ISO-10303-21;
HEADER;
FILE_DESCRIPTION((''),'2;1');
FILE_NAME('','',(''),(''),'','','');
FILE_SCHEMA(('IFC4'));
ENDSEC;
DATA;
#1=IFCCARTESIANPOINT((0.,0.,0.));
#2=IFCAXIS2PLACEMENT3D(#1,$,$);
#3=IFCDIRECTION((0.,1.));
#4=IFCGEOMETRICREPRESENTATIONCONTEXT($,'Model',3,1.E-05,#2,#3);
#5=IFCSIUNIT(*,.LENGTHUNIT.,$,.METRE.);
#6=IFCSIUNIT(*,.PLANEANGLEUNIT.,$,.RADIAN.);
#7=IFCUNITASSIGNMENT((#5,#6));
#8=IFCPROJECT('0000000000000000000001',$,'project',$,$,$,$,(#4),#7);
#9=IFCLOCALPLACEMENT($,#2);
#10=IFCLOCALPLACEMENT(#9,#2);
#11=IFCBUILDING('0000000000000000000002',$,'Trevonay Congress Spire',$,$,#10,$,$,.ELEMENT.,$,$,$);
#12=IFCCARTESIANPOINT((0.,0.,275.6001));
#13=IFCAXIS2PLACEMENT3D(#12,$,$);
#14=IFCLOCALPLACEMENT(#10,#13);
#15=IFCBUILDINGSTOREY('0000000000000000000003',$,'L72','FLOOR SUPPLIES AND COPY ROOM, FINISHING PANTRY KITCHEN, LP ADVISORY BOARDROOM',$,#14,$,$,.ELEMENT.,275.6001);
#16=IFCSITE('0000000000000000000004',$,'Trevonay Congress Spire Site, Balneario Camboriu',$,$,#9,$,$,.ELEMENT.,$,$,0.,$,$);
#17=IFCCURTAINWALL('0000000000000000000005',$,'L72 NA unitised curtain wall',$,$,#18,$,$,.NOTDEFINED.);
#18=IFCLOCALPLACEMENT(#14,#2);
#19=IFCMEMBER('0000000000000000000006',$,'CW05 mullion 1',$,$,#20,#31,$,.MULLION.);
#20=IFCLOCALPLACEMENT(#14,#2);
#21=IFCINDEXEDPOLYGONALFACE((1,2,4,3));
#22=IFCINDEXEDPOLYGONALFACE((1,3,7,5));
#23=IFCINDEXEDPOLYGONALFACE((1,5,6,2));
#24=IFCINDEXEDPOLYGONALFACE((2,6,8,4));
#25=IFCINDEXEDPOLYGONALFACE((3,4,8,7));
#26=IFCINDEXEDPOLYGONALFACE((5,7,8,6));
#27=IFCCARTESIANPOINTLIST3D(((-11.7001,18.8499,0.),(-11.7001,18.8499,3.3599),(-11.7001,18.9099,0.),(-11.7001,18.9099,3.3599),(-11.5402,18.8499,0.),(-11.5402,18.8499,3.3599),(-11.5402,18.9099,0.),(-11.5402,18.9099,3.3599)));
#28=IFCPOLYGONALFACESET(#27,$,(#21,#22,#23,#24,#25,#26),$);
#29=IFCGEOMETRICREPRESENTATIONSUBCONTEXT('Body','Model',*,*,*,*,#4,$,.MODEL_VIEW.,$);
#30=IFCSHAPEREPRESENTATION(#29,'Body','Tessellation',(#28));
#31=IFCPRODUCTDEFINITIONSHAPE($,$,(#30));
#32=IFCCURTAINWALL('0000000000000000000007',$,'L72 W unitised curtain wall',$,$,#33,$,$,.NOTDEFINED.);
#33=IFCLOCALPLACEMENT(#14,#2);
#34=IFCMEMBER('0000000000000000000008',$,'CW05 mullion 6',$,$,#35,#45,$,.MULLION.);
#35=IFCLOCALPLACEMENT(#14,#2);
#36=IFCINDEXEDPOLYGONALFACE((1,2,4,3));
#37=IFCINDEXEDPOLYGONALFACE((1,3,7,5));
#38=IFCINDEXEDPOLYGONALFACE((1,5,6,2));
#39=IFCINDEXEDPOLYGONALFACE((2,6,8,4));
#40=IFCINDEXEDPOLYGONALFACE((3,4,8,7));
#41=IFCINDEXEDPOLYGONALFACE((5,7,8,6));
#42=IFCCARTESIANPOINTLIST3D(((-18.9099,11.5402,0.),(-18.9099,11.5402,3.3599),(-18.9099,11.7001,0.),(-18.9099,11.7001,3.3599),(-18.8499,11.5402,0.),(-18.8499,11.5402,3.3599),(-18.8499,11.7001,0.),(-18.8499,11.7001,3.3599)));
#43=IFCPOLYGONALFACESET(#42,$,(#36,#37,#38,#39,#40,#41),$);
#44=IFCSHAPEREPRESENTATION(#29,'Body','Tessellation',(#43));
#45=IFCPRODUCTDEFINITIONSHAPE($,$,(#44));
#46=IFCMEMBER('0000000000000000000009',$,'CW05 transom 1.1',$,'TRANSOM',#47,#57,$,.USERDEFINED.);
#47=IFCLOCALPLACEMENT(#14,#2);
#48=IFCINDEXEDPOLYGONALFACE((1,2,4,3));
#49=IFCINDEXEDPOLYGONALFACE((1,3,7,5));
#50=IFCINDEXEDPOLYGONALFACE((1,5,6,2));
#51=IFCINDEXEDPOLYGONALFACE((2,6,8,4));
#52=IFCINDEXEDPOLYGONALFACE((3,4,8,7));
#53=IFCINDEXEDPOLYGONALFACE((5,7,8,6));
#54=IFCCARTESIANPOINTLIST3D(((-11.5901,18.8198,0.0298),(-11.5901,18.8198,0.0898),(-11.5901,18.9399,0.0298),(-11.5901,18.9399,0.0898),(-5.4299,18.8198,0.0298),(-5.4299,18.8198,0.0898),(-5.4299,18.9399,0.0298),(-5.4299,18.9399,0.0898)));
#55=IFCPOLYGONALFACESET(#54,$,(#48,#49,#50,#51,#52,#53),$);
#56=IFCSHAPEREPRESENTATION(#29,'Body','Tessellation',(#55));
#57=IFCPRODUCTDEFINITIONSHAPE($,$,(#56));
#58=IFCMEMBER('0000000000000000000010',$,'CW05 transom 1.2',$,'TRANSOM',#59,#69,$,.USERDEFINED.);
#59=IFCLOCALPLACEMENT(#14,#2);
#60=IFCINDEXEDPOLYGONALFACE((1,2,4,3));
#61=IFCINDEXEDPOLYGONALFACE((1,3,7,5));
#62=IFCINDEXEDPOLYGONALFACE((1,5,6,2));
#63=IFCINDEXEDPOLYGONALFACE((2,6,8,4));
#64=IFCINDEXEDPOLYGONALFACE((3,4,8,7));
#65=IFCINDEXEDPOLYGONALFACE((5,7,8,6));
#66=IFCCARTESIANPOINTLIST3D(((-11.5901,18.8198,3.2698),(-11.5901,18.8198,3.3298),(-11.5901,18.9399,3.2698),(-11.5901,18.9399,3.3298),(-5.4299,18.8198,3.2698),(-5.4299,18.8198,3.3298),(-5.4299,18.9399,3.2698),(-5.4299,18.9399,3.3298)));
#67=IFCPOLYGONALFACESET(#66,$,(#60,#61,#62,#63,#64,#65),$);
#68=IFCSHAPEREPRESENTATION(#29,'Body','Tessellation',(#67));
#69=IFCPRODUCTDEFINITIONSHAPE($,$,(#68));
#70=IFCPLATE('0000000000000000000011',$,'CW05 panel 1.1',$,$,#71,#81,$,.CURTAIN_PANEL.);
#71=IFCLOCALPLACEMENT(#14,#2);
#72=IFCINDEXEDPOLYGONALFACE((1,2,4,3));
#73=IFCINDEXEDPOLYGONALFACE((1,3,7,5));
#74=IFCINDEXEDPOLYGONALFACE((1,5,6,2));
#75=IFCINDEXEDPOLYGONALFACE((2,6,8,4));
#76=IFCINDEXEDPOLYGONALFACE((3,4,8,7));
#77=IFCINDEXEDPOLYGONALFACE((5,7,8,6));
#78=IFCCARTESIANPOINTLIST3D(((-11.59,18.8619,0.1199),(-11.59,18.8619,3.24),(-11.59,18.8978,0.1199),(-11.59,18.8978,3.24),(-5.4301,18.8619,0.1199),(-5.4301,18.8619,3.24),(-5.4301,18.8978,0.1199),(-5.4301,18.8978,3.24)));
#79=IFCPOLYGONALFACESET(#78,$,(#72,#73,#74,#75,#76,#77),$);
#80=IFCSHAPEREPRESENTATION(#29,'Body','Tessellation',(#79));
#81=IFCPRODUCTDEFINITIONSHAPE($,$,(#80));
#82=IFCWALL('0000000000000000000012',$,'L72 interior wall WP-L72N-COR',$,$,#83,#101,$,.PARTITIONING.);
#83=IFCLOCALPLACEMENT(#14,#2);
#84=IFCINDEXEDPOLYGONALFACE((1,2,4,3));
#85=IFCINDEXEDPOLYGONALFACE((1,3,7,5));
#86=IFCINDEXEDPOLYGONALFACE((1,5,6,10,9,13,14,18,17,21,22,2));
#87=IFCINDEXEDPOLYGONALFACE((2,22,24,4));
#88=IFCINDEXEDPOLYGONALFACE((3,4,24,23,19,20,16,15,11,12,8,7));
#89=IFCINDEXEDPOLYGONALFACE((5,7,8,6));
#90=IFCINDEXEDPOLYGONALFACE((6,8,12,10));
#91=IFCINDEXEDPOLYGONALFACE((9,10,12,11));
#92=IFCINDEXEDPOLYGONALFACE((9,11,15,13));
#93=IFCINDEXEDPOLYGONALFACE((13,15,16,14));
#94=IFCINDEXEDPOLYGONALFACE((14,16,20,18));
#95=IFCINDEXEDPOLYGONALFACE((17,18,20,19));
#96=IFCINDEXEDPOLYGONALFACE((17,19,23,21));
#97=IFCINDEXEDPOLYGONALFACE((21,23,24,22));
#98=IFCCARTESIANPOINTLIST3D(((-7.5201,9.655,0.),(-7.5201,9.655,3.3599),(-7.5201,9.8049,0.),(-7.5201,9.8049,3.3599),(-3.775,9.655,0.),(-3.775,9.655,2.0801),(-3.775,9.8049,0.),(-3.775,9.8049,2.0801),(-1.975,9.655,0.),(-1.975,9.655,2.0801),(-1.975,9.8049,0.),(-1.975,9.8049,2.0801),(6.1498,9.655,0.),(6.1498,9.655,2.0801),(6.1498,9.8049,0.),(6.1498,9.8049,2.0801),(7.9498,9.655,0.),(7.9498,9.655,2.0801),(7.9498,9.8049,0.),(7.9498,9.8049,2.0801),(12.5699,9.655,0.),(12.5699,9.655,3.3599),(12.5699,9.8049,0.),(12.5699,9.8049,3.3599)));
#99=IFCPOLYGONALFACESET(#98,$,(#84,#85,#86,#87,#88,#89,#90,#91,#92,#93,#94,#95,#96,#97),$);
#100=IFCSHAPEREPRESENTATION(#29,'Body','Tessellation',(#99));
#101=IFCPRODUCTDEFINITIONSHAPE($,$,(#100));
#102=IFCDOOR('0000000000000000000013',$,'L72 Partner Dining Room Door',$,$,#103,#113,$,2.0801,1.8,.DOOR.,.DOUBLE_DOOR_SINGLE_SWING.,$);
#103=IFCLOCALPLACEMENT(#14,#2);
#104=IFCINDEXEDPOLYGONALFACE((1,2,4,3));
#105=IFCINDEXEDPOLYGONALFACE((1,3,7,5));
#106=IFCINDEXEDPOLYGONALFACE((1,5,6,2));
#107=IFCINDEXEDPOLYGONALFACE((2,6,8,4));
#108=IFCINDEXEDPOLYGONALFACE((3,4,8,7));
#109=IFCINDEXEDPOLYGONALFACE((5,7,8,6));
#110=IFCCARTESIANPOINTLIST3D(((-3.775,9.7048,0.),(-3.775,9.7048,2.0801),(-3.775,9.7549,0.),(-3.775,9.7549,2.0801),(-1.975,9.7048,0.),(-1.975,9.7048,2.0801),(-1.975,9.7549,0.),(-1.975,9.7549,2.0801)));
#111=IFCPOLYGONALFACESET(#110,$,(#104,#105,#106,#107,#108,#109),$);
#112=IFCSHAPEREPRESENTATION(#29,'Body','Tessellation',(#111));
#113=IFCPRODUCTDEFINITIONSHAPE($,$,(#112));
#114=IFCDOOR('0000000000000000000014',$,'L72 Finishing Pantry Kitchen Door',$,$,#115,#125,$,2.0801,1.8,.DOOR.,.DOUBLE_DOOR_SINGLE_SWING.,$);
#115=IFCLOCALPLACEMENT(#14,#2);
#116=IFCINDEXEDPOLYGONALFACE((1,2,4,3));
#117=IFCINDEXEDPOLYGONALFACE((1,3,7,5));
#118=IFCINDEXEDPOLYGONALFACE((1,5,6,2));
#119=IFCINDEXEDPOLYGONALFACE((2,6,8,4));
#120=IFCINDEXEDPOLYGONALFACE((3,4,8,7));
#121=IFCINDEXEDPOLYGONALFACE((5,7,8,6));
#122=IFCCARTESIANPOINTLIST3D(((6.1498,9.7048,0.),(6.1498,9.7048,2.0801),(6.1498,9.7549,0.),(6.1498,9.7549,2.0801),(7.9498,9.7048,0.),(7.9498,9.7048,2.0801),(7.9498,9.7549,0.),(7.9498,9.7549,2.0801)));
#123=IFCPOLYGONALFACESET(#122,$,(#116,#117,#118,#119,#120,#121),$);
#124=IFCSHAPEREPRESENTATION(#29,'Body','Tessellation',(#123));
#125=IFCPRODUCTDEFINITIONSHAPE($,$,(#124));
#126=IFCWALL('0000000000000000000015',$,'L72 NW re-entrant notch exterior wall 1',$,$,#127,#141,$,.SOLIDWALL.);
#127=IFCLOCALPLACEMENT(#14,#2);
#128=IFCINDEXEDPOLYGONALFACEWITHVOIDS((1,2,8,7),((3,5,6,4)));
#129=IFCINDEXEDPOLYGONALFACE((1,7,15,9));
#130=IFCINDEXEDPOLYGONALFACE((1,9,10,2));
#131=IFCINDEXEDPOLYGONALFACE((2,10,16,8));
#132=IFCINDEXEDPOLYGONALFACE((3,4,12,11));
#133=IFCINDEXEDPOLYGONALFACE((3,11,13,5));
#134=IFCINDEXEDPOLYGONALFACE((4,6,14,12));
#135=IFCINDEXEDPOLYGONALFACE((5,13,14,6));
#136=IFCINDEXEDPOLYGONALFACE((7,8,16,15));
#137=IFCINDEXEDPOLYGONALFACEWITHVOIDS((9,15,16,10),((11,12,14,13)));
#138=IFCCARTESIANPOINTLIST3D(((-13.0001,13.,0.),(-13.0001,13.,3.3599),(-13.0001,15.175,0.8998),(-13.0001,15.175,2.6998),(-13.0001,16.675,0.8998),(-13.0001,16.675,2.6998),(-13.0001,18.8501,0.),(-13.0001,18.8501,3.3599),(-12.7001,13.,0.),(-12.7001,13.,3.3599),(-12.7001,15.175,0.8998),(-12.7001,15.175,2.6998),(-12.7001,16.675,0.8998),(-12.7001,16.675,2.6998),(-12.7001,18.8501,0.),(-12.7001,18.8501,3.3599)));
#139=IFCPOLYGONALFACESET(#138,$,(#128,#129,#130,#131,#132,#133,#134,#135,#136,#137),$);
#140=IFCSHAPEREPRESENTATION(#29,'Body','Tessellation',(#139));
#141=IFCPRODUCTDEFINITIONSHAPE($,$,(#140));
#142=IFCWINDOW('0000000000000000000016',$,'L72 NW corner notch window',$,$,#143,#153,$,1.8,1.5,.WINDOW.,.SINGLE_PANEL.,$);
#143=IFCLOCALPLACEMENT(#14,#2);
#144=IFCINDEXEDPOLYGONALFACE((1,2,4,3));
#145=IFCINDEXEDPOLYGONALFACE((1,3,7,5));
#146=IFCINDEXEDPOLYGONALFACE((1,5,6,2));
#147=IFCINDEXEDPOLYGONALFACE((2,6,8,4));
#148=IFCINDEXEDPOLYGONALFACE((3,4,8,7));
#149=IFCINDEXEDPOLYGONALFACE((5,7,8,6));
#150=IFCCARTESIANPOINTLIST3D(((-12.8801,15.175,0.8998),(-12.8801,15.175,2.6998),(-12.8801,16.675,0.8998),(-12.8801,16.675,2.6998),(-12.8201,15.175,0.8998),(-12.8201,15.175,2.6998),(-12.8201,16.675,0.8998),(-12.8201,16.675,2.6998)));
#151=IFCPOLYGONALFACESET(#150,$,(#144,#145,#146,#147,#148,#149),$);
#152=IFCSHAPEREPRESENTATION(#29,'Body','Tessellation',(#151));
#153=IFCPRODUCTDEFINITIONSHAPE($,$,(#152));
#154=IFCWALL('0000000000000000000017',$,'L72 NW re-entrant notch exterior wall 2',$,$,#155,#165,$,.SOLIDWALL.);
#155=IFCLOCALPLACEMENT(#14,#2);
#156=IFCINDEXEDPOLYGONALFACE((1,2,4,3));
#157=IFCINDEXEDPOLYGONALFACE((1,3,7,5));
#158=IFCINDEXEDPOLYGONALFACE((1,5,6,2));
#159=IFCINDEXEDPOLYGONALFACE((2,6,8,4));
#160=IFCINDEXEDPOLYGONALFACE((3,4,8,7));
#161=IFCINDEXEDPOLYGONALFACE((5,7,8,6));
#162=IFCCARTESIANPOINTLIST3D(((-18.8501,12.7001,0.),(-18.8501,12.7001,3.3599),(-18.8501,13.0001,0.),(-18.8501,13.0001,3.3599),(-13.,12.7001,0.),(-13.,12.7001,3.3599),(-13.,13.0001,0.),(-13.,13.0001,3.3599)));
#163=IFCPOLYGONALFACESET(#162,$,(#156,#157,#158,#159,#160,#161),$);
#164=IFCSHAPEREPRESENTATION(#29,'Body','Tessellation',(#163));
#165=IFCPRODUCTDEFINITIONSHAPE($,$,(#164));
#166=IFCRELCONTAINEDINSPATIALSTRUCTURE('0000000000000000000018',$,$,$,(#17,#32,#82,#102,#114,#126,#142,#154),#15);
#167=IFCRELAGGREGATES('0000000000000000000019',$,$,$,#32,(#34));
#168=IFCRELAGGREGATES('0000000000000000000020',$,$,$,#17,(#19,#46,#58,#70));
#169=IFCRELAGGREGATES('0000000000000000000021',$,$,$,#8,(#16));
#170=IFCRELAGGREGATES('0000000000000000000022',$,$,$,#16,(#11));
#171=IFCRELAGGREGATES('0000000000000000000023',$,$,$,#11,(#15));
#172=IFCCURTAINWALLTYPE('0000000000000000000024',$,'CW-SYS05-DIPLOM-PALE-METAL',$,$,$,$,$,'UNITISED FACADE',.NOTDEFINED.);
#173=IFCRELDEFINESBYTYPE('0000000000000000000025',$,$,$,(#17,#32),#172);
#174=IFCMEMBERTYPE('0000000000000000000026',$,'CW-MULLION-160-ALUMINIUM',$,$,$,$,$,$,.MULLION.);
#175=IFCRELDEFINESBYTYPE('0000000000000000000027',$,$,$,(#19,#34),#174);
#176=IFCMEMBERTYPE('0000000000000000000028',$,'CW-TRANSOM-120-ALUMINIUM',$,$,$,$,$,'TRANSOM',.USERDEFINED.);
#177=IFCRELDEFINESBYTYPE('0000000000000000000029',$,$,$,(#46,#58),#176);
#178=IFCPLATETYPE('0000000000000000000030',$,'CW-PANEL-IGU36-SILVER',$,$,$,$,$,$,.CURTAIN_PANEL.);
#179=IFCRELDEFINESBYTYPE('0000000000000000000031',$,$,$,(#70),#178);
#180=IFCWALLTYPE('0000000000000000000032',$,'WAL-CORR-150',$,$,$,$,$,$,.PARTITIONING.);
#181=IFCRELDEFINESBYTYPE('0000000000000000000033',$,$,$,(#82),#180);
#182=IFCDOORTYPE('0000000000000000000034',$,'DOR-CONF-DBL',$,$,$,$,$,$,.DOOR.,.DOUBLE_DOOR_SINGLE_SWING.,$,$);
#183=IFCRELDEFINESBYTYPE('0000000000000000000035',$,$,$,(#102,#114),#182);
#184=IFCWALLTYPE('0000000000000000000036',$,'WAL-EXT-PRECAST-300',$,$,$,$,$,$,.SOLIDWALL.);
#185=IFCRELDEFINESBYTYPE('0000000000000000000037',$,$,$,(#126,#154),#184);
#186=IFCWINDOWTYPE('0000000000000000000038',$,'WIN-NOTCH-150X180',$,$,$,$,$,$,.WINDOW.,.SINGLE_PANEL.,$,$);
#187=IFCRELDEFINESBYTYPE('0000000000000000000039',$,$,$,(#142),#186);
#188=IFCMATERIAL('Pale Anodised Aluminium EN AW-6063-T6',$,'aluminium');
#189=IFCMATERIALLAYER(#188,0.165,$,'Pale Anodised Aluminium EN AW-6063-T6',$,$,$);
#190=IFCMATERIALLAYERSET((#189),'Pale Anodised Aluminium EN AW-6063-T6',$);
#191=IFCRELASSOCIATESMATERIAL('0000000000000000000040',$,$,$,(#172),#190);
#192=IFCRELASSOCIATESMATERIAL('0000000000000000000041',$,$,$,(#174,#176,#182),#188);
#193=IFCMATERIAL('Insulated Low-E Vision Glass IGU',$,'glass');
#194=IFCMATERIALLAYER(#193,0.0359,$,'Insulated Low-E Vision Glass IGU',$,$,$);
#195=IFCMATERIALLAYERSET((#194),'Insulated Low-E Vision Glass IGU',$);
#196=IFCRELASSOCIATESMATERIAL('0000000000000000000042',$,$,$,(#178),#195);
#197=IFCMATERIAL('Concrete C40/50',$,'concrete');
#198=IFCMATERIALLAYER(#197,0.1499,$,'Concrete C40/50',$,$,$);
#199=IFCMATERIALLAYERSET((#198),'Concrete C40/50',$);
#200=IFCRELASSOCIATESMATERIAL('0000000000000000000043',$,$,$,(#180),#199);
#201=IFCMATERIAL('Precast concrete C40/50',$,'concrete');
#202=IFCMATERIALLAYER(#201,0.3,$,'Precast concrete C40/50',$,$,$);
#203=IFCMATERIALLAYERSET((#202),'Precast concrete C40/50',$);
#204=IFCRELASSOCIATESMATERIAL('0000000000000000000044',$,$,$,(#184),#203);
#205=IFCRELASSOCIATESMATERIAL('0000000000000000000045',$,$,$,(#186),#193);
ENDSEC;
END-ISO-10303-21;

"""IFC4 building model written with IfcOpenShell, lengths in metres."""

from ifc_helpers import new_model, si_unit, direction, frame, frame_2d, origin, origin_2d, place, context, subcontext, project, spatial, rectangle, extrude, material, layer, layer_set, material_profile, profile_set, type_object, element, fill, aggregate, save


model = new_model("IFC4")

# Units and contexts
model_context = context("Model", 3, precision=1e-05, world=origin(), true_north=direction((0.0, 1.0)))
body_context = subcontext(model_context, "Body", "Model", "MODEL_VIEW")
ifc_project = project(units=[si_unit("LENGTHUNIT", "METRE"), si_unit("PLANEANGLEUNIT", "RADIAN")], contexts=[model_context])

# Site, building, storey
site_placement = place(None, origin())
site = spatial("IfcSite", under=ifc_project, at=site_placement, Name="Trevonay Congress Spire Site, Balneario Camboriu", CompositionType="ELEMENT", RefElevation=0.0)
building_placement = place(site_placement, origin())
building = spatial("IfcBuilding", under=site, at=building_placement, Name="Trevonay Congress Spire", CompositionType="ELEMENT")
storey_placement = place(building_placement, frame((0.0, 0.0, 275.6001)))
storey = spatial("IfcBuildingStorey", under=building, at=storey_placement, Name="L72", Description="FLOOR SUPPLIES AND COPY ROOM, FINISHING PANTRY KITCHEN, LP ADVISORY BOARDROOM", CompositionType="ELEMENT", Elevation=275.6001)

# Curtain walls, members
ifc_material_1 = material(Name="Pale Anodised Aluminium EN AW-6063-T6", Category="aluminium")
ifc_layer_1 = layer(ifc_material_1, 0.165, Name="Pale Anodised Aluminium EN AW-6063-T6")
ifc_layer_set_1 = layer_set([ifc_layer_1], Name="Pale Anodised Aluminium EN AW-6063-T6")
curtain_wall_type = type_object("IfcCurtainWallType", Name="CW-SYS05-DIPLOM-PALE-METAL", ElementType="UNITISED FACADE", PredefinedType="NOTDEFINED", material=ifc_layer_set_1)
curtain_wall_1_placement = place(storey_placement, origin())
curtain_wall_1 = element("IfcCurtainWall", 1, at=curtain_wall_1_placement, inside=storey, type_object=curtain_wall_type, Name="L72 NA unitised curtain wall", PredefinedType="NOTDEFINED")
ifc_material_profile_1 = material_profile(ifc_material_1, rectangle(XDim=0.0601, YDim=0.1599, at=origin_2d()), Name="CW-MULLION-160-ALUMINIUM")
ifc_profile_set_1 = profile_set([ifc_material_profile_1], Name="Pale Anodised Aluminium EN AW-6063-T6")
member_type_1 = type_object("IfcMemberType", Name="CW-MULLION-160-ALUMINIUM", PredefinedType="MULLION", material=ifc_profile_set_1)
member_1_placement = place(storey_placement, frame((-11.6201, 18.8799, 0.0), z_axis=(0.0, 0.0, 1.0), x_axis=(0.0, 1.0, 0.0)))
member_1 = element("IfcMember", 2, at=member_1_placement, type_object=member_type_1, Name="CW05 mullion 1", PredefinedType="MULLION", context=body_context, shape_type="SweptSolid", body=[
    extrude(rectangle(XDim=0.0601, YDim=0.1599, at=origin_2d()), origin(), (0.0, 0.0, 1.0), 3.3599),
])
curtain_wall_2_placement = place(storey_placement, origin())
curtain_wall_2 = element("IfcCurtainWall", 3, at=curtain_wall_2_placement, inside=storey, type_object=curtain_wall_type, Name="L72 W unitised curtain wall", PredefinedType="NOTDEFINED")
member_2_placement = place(storey_placement, frame((-18.8799, 11.6201, 0.0), z_axis=(0.0, 0.0, 1.0), x_axis=(-1.0, 0.0, 0.0)))
member_2 = element("IfcMember", 4, at=member_2_placement, type_object=member_type_1, Name="CW05 mullion 6", PredefinedType="MULLION", context=body_context, shape_type="SweptSolid", body=[
    extrude(rectangle(XDim=0.0601, YDim=0.1599, at=origin_2d()), origin(), (0.0, 0.0, 1.0), 3.3599),
])
aggregate(curtain_wall_2, [member_2])

# Members
ifc_material_profile_2 = material_profile(ifc_material_1, rectangle(XDim=0.1201, YDim=0.0601, at=origin_2d()), Name="CW-TRANSOM-120-ALUMINIUM")
ifc_profile_set_2 = profile_set([ifc_material_profile_2], Name="Pale Anodised Aluminium EN AW-6063-T6")
member_type_2 = type_object("IfcMemberType", Name="CW-TRANSOM-120-ALUMINIUM", ElementType="TRANSOM", PredefinedType="USERDEFINED", material=ifc_profile_set_2)
member_3_placement = place(storey_placement, frame((-11.5901, 18.8799, 0.0598), z_axis=(1.0, 0.0, 0.0), x_axis=(0.0, 1.0, 0.0)))
member_3 = element("IfcMember", 5, at=member_3_placement, type_object=member_type_2, Name="CW05 transom 1.1", ObjectType="TRANSOM", PredefinedType="USERDEFINED", context=body_context, shape_type="SweptSolid", body=[
    extrude(rectangle(XDim=0.1201, YDim=0.0601, at=origin_2d()), origin(), (0.0, 0.0, 1.0), 6.1602),
])
member_4_placement = place(storey_placement, frame((-11.5901, 18.8799, 3.2998), z_axis=(1.0, 0.0, 0.0), x_axis=(0.0, 1.0, 0.0)))
member_4 = element("IfcMember", 6, at=member_4_placement, type_object=member_type_2, Name="CW05 transom 1.2", ObjectType="TRANSOM", PredefinedType="USERDEFINED", context=body_context, shape_type="SweptSolid", body=[
    extrude(rectangle(XDim=0.1201, YDim=0.0601, at=origin_2d()), origin(), (0.0, 0.0, 1.0), 6.1602),
])

# Plate
ifc_material_2 = material(Name="Insulated Low-E Vision Glass IGU", Category="glass")
ifc_layer_2 = layer(ifc_material_2, 0.0359, Name="Insulated Low-E Vision Glass IGU")
ifc_layer_set_2 = layer_set([ifc_layer_2], Name="Insulated Low-E Vision Glass IGU")
plate_type = type_object("IfcPlateType", Name="CW-PANEL-IGU36-SILVER", PredefinedType="CURTAIN_PANEL", material=ifc_layer_set_2)
plate_placement = place(storey_placement, frame((-8.51, 18.8799, 0.1199), z_axis=(0.0, 0.0, 1.0), x_axis=(1.0, 0.0, 0.0)))
plate = element("IfcPlate", 7, at=plate_placement, type_object=plate_type, Name="CW05 panel 1.1", PredefinedType="CURTAIN_PANEL", context=body_context, shape_type="SweptSolid", body=[
    extrude(rectangle(XDim=6.1599, YDim=0.0359, at=origin_2d()), origin(), (0.0, 0.0, 1.0), 3.1201),
])
aggregate(curtain_wall_1, [member_1, member_3, member_4, plate])

# Wall, openings, doors
ifc_material_3 = material(Name="Concrete C40/50", Category="concrete")
ifc_layer_3 = layer(ifc_material_3, 0.1499, Name="Concrete C40/50")
ifc_layer_set_3 = layer_set([ifc_layer_3], Name="Concrete C40/50")
wall_type_1 = type_object("IfcWallType", Name="WAL-CORR-150", PredefinedType="PARTITIONING", material=ifc_layer_set_3)
wall_1_placement = place(storey_placement, frame((-7.52, 9.73, 0.0), z_axis=(0.0, 0.0, 1.0), x_axis=(1.0, 0.0, 0.0)))
wall_1 = element("IfcWall", 8, at=wall_1_placement, inside=storey, type_object=wall_type_1, Name="L72 interior wall WP-L72N-COR", PredefinedType="PARTITIONING", context=body_context, shape_type="SweptSolid", body=[
    extrude(rectangle(XDim=20.0901, YDim=0.1499, at=frame_2d((10.0449, 0.0))), origin(), (0.0, 0.0, 1.0), 3.3599),
])
opening_1_placement = place(wall_1_placement, frame((3.7451, 0.0, 0.0)))
opening_1 = element("IfcOpeningElement", 9, at=opening_1_placement, cuts=wall_1, PredefinedType="OPENING", context=body_context, shape_type="SweptSolid", body=[
    extrude(rectangle(XDim=1.8, YDim=2.0801, at=frame_2d((0.8999, 1.04))), frame((0.0, 0.085, 0.0), z_axis=(0.0, -1.0, 0.0), x_axis=(1.0, 0.0, 0.0)), (0.0, 0.0, 1.0), 0.1699),
])
opening_2_placement = place(wall_1_placement, frame((13.6699, 0.0, 0.0)))
opening_2 = element("IfcOpeningElement", 10, at=opening_2_placement, cuts=wall_1, PredefinedType="OPENING", context=body_context, shape_type="SweptSolid", body=[
    extrude(rectangle(XDim=1.8, YDim=2.0801, at=frame_2d((0.8999, 1.04))), frame((0.0, 0.085, 0.0), z_axis=(0.0, -1.0, 0.0), x_axis=(1.0, 0.0, 0.0)), (0.0, 0.0, 1.0), 0.1699),
])
door_type = type_object("IfcDoorType", Name="DOR-CONF-DBL", OperationType="DOUBLE_DOOR_SINGLE_SWING", PredefinedType="DOOR", material=ifc_material_1)
door_1_placement = place(opening_1_placement, origin())
door_1 = element("IfcDoor", 11, at=door_1_placement, inside=storey, type_object=door_type, Name="L72 Partner Dining Room Door", OperationType="DOUBLE_DOOR_SINGLE_SWING", OverallHeight=2.0801, OverallWidth=1.8, PredefinedType="DOOR", context=body_context, shape_type="SweptSolid", body=[
    extrude(rectangle(XDim=1.8, YDim=2.0801, at=frame_2d((0.8999, 1.04))), frame((0.0, 0.0249, 0.0), z_axis=(0.0, -1.0, 0.0), x_axis=(1.0, 0.0, 0.0)), (0.0, 0.0, 1.0), 0.05),
])
fill(opening_1, door_1)
door_2_placement = place(opening_2_placement, origin())
door_2 = element("IfcDoor", 12, at=door_2_placement, inside=storey, type_object=door_type, Name="L72 Finishing Pantry Kitchen Door", OperationType="DOUBLE_DOOR_SINGLE_SWING", OverallHeight=2.0801, OverallWidth=1.8, PredefinedType="DOOR", context=body_context, shape_type="SweptSolid", body=[
    extrude(rectangle(XDim=1.8, YDim=2.0801, at=frame_2d((0.8999, 1.04))), frame((0.0, 0.0249, 0.0), z_axis=(0.0, -1.0, 0.0), x_axis=(1.0, 0.0, 0.0)), (0.0, 0.0, 1.0), 0.05),
])
fill(opening_2, door_2)

# Wall, opening, window
ifc_material_4 = material(Name="Precast concrete C40/50", Category="concrete")
ifc_layer_4 = layer(ifc_material_4, 0.3, Name="Precast concrete C40/50")
ifc_layer_set_4 = layer_set([ifc_layer_4], Name="Precast concrete C40/50")
wall_type_2 = type_object("IfcWallType", Name="WAL-EXT-PRECAST-300", PredefinedType="SOLIDWALL", material=ifc_layer_set_4)
wall_2_placement = place(storey_placement, frame((-12.8501, 18.8501, 0.0), z_axis=(0.0, 0.0, 1.0), x_axis=(0.0, -1.0, 0.0)))
wall_2 = element("IfcWall", 13, at=wall_2_placement, inside=storey, type_object=wall_type_2, Name="L72 NW re-entrant notch exterior wall 1", PredefinedType="SOLIDWALL", context=body_context, shape_type="SweptSolid", body=[
    extrude(rectangle(XDim=5.8501, YDim=0.3, at=frame_2d((2.925, 0.0))), origin(), (0.0, 0.0, 1.0), 3.3599),
])
opening_3_placement = place(wall_2_placement, frame((2.175, 0.0, 0.8999)))
opening_3 = element("IfcOpeningElement", 14, at=opening_3_placement, cuts=wall_2, PredefinedType="OPENING", context=body_context, shape_type="SweptSolid", body=[
    extrude(rectangle(XDim=1.5, YDim=1.8, at=frame_2d((0.75, 0.8999))), frame((0.0, 0.1602, 0.0), z_axis=(0.0, -1.0, 0.0), x_axis=(1.0, 0.0, 0.0)), (0.0, 0.0, 1.0), 0.3201),
])
window_type = type_object("IfcWindowType", Name="WIN-NOTCH-150X180", PartitioningType="SINGLE_PANEL", PredefinedType="WINDOW", material=ifc_material_2)
window_placement = place(opening_3_placement, origin())
window = element("IfcWindow", 15, at=window_placement, inside=storey, type_object=window_type, Name="L72 NW corner notch window", OverallHeight=1.8, OverallWidth=1.5, PartitioningType="SINGLE_PANEL", PredefinedType="WINDOW", context=body_context, shape_type="SweptSolid", body=[
    extrude(rectangle(XDim=1.5, YDim=1.8, at=frame_2d((0.75, 0.8999))), frame((0.0, 0.03, 0.0), z_axis=(0.0, -1.0, 0.0), x_axis=(1.0, 0.0, 0.0)), (0.0, 0.0, 1.0), 0.0601),
])
fill(opening_3, window)

# Wall
wall_3_placement = place(storey_placement, frame((-18.8501, 12.8501, 0.0), z_axis=(0.0, 0.0, 1.0), x_axis=(1.0, 0.0, 0.0)))
element("IfcWall", 16, at=wall_3_placement, inside=storey, type_object=wall_type_2, Name="L72 NW re-entrant notch exterior wall 2", PredefinedType="SOLIDWALL", context=body_context, shape_type="SweptSolid", body=[
    extrude(rectangle(XDim=5.8501, YDim=0.3, at=frame_2d((2.925, 0.0))), origin(), (0.0, 0.0, 1.0), 3.3599),
])

save(model, "model.ifc")
